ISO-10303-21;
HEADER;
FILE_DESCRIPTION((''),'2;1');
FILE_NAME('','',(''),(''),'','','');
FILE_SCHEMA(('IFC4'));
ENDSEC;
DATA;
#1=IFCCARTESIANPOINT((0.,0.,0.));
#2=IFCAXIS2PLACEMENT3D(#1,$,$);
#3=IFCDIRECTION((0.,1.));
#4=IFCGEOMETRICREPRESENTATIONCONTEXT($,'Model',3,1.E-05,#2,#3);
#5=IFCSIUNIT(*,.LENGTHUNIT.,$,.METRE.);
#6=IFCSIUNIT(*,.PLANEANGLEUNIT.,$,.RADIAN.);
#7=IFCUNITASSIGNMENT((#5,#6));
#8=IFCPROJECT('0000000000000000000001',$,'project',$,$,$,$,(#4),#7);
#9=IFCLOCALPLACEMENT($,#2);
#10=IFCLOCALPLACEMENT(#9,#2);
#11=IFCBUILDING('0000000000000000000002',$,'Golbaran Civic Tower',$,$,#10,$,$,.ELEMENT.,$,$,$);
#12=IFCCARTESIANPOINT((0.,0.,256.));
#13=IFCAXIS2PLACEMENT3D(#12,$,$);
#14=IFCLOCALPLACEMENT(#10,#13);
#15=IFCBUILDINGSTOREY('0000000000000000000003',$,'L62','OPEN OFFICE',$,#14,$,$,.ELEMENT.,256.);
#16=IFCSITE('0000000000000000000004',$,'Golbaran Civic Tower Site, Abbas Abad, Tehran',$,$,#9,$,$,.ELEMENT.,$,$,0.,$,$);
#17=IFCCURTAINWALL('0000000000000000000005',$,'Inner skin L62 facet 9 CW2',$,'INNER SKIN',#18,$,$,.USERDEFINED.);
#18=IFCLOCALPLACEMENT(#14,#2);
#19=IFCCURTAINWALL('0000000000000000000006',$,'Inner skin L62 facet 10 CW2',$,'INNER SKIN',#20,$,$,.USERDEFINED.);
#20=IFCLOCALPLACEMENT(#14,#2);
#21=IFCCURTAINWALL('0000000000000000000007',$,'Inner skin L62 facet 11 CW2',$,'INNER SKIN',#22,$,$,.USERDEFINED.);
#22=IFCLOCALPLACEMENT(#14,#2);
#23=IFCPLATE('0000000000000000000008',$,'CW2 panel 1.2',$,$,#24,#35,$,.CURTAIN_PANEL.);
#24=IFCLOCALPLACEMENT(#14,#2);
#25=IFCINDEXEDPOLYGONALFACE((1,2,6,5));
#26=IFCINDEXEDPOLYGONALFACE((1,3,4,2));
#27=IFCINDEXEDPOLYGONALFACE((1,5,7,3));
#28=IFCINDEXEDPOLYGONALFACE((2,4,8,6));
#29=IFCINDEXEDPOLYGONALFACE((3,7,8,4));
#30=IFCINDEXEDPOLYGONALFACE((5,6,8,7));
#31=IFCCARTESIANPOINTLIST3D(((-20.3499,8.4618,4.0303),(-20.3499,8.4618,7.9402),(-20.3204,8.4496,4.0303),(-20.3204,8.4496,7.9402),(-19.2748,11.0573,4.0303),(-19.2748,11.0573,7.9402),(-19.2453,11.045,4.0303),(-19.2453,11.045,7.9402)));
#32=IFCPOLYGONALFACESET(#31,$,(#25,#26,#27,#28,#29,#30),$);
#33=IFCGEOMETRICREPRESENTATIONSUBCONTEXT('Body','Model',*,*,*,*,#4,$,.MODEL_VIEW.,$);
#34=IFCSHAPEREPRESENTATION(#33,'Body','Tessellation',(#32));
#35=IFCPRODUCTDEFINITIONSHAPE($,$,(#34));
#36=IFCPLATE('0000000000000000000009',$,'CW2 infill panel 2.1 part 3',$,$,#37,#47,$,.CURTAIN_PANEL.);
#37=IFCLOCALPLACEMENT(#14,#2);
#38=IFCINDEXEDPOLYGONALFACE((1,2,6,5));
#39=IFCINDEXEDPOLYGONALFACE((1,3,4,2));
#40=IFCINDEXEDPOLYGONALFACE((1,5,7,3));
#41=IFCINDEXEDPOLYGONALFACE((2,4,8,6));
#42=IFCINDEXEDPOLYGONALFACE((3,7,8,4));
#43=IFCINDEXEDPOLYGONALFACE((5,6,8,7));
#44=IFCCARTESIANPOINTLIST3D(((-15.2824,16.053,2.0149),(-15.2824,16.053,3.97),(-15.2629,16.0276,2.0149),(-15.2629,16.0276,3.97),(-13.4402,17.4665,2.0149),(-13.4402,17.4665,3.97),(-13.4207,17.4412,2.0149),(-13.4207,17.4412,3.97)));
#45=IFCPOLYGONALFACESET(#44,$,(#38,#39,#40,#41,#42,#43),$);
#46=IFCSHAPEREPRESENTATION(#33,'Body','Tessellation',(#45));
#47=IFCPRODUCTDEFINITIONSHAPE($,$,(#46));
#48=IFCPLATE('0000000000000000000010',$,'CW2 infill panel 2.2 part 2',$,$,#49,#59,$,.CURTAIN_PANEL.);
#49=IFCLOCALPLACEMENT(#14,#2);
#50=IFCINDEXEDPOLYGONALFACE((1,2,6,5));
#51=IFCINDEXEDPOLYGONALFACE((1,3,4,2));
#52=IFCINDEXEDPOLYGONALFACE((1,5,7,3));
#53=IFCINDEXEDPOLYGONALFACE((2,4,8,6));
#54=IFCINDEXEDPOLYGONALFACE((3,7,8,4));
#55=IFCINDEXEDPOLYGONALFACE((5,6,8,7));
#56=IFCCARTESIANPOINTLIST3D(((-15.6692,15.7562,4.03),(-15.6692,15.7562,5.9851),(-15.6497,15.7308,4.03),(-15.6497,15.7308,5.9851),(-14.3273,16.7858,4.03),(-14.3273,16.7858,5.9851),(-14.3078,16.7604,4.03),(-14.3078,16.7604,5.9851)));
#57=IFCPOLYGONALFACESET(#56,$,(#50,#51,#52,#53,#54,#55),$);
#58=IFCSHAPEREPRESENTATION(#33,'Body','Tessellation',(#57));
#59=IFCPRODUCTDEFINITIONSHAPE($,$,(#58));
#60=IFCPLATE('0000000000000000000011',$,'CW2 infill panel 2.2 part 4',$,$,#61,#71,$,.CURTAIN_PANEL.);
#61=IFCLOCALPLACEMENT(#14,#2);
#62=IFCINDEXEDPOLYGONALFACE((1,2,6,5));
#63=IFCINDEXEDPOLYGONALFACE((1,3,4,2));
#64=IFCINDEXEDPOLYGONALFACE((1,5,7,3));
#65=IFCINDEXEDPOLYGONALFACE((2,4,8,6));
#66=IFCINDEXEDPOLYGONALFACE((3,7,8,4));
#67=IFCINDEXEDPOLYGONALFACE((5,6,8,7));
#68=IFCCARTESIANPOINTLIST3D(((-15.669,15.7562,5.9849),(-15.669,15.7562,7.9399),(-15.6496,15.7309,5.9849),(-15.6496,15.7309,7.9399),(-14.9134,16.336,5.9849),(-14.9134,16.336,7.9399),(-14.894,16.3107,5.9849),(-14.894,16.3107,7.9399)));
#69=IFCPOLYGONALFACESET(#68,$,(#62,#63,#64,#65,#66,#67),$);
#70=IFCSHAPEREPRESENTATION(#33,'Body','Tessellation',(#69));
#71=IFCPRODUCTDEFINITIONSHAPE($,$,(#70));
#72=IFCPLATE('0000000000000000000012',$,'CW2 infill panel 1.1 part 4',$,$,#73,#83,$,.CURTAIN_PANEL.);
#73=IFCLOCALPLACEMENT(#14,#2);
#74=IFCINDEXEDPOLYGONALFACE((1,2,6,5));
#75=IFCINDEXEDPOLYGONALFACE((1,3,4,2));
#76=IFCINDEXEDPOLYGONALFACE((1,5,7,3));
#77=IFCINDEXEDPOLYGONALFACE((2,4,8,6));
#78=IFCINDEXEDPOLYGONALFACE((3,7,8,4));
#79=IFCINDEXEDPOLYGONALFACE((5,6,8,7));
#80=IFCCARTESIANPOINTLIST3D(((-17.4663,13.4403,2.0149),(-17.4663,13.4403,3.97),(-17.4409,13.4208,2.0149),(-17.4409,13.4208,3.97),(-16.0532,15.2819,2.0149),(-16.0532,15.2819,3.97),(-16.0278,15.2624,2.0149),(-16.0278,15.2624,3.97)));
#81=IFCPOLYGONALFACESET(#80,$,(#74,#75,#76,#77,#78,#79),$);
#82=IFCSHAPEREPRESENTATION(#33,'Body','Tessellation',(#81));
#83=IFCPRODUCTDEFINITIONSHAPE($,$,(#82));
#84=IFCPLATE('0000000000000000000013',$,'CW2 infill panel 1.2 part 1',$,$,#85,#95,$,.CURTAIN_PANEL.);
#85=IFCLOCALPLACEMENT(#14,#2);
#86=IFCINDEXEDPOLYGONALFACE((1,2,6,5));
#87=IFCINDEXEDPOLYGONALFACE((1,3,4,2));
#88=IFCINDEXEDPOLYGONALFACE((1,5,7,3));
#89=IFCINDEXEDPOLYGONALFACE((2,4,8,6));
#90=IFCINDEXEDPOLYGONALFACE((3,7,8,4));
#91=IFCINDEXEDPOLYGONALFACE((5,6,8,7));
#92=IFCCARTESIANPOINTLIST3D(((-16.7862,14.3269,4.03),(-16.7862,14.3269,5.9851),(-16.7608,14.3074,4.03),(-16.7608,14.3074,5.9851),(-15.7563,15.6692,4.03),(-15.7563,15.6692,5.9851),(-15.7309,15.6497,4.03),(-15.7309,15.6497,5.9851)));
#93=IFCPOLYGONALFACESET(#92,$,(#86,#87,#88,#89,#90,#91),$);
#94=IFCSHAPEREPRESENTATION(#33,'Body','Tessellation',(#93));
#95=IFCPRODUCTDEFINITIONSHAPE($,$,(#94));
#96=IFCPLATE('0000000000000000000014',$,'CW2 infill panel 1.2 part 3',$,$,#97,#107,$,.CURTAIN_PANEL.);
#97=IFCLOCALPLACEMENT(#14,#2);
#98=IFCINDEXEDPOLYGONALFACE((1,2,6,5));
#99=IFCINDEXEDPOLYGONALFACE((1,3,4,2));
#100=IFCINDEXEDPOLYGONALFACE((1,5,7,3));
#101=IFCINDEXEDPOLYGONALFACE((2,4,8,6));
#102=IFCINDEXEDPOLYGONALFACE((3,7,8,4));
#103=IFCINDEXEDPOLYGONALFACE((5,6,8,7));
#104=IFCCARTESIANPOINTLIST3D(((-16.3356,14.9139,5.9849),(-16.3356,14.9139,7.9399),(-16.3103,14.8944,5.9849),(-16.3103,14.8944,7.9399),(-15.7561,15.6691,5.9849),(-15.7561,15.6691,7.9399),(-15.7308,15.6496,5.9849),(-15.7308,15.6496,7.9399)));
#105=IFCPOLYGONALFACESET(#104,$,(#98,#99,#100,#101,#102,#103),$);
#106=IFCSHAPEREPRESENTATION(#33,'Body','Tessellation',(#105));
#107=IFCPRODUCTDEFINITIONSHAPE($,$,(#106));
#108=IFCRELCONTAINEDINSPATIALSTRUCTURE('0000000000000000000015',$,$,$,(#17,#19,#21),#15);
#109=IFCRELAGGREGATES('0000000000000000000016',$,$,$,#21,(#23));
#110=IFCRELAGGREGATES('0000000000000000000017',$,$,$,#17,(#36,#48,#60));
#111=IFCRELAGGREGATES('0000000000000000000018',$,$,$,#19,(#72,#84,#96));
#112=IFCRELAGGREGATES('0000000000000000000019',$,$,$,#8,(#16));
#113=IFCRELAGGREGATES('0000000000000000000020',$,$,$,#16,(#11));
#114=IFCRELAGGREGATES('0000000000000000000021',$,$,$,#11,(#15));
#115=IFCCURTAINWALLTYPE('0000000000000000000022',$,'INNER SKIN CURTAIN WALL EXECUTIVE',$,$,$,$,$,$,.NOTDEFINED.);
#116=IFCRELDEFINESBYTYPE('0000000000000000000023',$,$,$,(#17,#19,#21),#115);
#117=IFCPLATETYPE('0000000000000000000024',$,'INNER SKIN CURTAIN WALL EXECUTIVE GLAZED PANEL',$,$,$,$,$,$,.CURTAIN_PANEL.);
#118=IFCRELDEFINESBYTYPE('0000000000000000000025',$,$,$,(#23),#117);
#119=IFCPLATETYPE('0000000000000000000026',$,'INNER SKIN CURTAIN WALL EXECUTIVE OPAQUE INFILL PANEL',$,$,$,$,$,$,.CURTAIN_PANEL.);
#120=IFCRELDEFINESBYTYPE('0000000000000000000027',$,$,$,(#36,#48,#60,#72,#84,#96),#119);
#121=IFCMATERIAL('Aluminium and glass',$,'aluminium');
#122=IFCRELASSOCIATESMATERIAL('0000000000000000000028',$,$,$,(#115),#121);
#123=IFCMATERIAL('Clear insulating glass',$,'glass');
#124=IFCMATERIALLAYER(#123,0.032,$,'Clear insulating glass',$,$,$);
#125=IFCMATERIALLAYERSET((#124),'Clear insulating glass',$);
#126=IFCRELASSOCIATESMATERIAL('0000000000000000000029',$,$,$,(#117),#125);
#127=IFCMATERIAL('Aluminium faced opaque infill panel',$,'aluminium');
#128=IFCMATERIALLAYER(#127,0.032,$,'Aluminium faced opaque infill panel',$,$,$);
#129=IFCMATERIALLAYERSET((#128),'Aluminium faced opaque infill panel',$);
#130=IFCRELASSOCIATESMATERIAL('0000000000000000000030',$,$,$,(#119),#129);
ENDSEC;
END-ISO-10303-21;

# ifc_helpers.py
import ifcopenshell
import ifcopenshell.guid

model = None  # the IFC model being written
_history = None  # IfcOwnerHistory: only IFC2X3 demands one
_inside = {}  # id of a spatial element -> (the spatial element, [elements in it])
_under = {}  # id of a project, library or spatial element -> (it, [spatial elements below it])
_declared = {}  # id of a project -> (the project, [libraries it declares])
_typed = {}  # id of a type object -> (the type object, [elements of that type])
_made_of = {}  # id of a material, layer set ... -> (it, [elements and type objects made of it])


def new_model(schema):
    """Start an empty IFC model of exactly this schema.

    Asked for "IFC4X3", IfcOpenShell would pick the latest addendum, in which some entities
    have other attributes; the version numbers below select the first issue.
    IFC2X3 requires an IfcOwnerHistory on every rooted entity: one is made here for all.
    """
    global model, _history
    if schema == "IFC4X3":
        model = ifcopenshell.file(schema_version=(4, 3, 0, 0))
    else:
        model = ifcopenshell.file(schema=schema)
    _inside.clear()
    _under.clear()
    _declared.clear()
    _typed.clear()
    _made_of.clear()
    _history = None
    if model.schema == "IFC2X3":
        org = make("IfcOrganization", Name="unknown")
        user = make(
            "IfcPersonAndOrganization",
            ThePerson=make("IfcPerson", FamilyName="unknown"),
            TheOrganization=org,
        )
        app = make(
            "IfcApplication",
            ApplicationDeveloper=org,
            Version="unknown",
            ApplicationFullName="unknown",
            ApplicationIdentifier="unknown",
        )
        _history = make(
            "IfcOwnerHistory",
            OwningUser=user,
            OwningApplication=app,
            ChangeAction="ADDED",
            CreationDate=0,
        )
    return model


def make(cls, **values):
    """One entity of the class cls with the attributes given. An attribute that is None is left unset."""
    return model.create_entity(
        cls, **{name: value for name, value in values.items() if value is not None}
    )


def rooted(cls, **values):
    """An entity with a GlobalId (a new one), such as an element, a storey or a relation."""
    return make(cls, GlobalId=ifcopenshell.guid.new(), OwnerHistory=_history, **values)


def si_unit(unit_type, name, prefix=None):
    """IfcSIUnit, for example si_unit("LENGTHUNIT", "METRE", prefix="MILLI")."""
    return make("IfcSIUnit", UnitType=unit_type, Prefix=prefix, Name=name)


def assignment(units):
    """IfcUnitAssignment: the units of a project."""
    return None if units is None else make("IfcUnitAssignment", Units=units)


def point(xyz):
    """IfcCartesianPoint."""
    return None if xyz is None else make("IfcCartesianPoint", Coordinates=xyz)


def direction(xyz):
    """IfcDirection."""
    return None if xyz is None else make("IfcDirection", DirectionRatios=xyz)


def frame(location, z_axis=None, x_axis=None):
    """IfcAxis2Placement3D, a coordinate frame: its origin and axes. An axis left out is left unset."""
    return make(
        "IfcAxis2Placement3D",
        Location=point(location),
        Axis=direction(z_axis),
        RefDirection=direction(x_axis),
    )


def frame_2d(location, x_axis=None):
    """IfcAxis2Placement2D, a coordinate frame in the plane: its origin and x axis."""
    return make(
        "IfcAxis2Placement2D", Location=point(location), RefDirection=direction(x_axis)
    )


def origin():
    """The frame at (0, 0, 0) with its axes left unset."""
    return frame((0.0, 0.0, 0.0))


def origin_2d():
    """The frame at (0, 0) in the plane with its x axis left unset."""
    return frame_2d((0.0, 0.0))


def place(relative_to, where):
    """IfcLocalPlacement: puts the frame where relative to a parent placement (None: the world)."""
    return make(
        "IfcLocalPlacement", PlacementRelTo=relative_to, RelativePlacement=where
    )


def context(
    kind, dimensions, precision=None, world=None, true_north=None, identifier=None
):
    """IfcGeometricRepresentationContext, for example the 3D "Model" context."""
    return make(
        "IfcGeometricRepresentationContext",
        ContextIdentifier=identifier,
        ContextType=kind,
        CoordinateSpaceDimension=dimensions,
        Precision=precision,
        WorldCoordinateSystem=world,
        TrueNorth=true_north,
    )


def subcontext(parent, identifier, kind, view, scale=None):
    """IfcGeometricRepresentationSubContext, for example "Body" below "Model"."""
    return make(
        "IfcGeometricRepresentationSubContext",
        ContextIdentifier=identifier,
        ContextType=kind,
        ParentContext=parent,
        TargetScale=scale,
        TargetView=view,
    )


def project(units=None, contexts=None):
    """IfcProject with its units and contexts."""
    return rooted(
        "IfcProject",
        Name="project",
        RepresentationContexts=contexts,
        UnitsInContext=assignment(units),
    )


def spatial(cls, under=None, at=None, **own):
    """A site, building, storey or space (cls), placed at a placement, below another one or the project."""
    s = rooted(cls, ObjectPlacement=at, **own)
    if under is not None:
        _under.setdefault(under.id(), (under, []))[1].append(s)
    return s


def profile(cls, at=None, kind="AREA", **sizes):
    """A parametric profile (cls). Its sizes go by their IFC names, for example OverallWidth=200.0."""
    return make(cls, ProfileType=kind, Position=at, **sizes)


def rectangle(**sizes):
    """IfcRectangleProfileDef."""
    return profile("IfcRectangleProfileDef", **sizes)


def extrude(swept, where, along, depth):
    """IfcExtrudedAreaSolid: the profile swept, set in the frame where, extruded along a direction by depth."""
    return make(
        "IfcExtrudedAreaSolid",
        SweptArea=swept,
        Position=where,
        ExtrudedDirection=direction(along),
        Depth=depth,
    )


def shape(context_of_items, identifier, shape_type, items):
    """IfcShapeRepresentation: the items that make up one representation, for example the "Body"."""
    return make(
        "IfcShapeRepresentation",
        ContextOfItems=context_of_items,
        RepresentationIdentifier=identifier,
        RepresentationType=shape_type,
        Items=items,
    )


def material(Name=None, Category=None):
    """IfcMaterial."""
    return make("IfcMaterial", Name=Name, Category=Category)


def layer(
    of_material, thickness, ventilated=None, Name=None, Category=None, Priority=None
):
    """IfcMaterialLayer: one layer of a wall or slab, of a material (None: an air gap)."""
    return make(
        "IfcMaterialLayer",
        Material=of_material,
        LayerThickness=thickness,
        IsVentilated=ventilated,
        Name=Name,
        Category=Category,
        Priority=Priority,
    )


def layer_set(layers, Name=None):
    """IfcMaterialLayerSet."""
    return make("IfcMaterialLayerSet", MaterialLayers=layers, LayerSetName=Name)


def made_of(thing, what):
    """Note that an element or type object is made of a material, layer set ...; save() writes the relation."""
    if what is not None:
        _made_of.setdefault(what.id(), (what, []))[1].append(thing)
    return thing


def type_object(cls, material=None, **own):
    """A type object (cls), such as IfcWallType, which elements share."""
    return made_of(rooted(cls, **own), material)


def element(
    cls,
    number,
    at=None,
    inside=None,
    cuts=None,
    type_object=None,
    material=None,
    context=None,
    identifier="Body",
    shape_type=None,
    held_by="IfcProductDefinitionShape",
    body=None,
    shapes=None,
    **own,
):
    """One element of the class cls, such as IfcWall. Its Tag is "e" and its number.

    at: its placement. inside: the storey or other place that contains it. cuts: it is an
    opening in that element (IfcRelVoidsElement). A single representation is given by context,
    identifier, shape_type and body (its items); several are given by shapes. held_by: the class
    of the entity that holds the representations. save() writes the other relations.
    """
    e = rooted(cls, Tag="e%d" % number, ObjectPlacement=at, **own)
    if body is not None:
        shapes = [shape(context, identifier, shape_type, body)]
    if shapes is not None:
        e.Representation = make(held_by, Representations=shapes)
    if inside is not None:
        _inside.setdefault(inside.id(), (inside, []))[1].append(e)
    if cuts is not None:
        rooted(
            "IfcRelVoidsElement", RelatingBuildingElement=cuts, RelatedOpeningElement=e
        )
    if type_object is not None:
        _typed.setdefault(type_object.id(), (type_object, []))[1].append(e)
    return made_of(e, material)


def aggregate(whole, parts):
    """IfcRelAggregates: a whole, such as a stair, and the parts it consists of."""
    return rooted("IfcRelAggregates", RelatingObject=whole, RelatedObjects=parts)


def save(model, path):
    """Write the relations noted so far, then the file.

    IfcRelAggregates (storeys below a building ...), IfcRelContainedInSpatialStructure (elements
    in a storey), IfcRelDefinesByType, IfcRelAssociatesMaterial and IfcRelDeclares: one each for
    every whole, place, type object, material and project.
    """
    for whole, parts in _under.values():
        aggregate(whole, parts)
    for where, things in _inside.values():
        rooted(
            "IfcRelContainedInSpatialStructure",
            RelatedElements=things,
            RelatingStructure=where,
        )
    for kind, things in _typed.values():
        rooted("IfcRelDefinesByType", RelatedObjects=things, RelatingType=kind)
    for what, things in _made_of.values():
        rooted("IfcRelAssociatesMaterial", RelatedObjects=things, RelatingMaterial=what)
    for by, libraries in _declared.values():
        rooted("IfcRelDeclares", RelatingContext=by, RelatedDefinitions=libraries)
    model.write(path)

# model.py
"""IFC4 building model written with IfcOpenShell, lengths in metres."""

from ifc_helpers import new_model, si_unit, direction, frame, origin, origin_2d, place, context, subcontext, project, spatial, rectangle, extrude, material, layer, layer_set, type_object, element, aggregate, save


model = new_model("IFC4")

# Units and contexts
model_context = context("Model", 3, precision=1e-05, world=origin(), true_north=direction((0.0, 1.0)))
body_context = subcontext(model_context, "Body", "Model", "MODEL_VIEW")
ifc_project = project(units=[si_unit("LENGTHUNIT", "METRE"), si_unit("PLANEANGLEUNIT", "RADIAN")], contexts=[model_context])

# Site, building, storey
site_placement = place(None, origin())
site = spatial("IfcSite", under=ifc_project, at=site_placement, Name="Golbaran Civic Tower Site, Abbas Abad, Tehran", CompositionType="ELEMENT", RefElevation=0.0)
building_placement = place(site_placement, origin())
building = spatial("IfcBuilding", under=site, at=building_placement, Name="Golbaran Civic Tower", CompositionType="ELEMENT")
storey_placement = place(building_placement, frame((0.0, 0.0, 256.0)))
storey = spatial("IfcBuildingStorey", under=building, at=storey_placement, Name="L62", Description="OPEN OFFICE", CompositionType="ELEMENT", Elevation=256.0)

# Curtain wall
ifc_material_1 = material(Name="Aluminium and glass", Category="aluminium")
curtain_wall_type = type_object("IfcCurtainWallType", Name="INNER SKIN CURTAIN WALL EXECUTIVE", PredefinedType="NOTDEFINED", material=ifc_material_1)
curtain_wall_1_placement = place(storey_placement, origin())
curtain_wall_1 = element("IfcCurtainWall", 1, at=curtain_wall_1_placement, inside=storey, type_object=curtain_wall_type, Name="Inner skin L62 facet 9 CW2", ObjectType="INNER SKIN", PredefinedType="USERDEFINED")

# Curtain walls
curtain_wall_2_placement = place(storey_placement, origin())
curtain_wall_2 = element("IfcCurtainWall", 2, at=curtain_wall_2_placement, inside=storey, type_object=curtain_wall_type, Name="Inner skin L62 facet 10 CW2", ObjectType="INNER SKIN", PredefinedType="USERDEFINED")
curtain_wall_3_placement = place(storey_placement, origin())
curtain_wall_3 = element("IfcCurtainWall", 3, at=curtain_wall_3_placement, inside=storey, type_object=curtain_wall_type, Name="Inner skin L62 facet 11 CW2", ObjectType="INNER SKIN", PredefinedType="USERDEFINED")

# Plates
ifc_material_2 = material(Name="Clear insulating glass", Category="glass")
ifc_layer_1 = layer(ifc_material_2, 0.032, Name="Clear insulating glass")
ifc_layer_set_1 = layer_set([ifc_layer_1], Name="Clear insulating glass")
plate_type_1 = type_object("IfcPlateType", Name="INNER SKIN CURTAIN WALL EXECUTIVE GLAZED PANEL", PredefinedType="CURTAIN_PANEL", material=ifc_layer_set_1)
plate_1_placement = place(storey_placement, frame((-19.7976, 9.7534, 4.0303), z_axis=(0.0, 0.0, 1.0), x_axis=(-0.382683, -0.92388, 0.0)))
plate_1 = element("IfcPlate", 4, at=plate_1_placement, type_object=plate_type_1, Name="CW2 panel 1.2", PredefinedType="CURTAIN_PANEL", context=body_context, shape_type="SweptSolid", body=[
    extrude(rectangle(XDim=2.8093, YDim=0.032, at=origin_2d()), origin(), (0.0, 0.0, 1.0), 3.9099),
])
aggregate(curtain_wall_3, [plate_1])
ifc_material_3 = material(Name="Aluminium faced opaque infill panel", Category="aluminium")
ifc_layer_2 = layer(ifc_material_3, 0.032, Name="Aluminium faced opaque infill panel")
ifc_layer_set_2 = layer_set([ifc_layer_2], Name="Aluminium faced opaque infill panel")
plate_type_2 = type_object("IfcPlateType", Name="INNER SKIN CURTAIN WALL EXECUTIVE OPAQUE INFILL PANEL", PredefinedType="CURTAIN_PANEL", material=ifc_layer_set_2)
plate_2_placement = place(storey_placement, frame((-14.3516, 16.7471, 2.0149), z_axis=(0.0, 0.0, 1.0), x_axis=(-0.793353, -0.608761, 0.0)))
plate_2 = element("IfcPlate", 5, at=plate_2_placement, type_object=plate_type_2, Name="CW2 infill panel 2.1 part 3", PredefinedType="CURTAIN_PANEL", context=body_context, shape_type="SweptSolid", body=[
    extrude(rectangle(XDim=2.322, YDim=0.032, at=origin_2d()), origin(), (0.0, 0.0, 1.0), 1.9551),
])
plate_3_placement = place(storey_placement, frame((-14.9885, 16.2583, 4.03), z_axis=(0.0, 0.0, 1.0), x_axis=(-0.793353, -0.608761, 0.0)))
plate_3 = element("IfcPlate", 6, at=plate_3_placement, type_object=plate_type_2, Name="CW2 infill panel 2.2 part 2", PredefinedType="CURTAIN_PANEL", context=body_context, shape_type="SweptSolid", body=[
    extrude(rectangle(XDim=1.6914, YDim=0.032, at=origin_2d()), origin(), (0.0, 0.0, 1.0), 1.9551),
])
plate_4_placement = place(storey_placement, frame((-15.2815, 16.0334, 5.9849), z_axis=(0.0, 0.0, 1.0), x_axis=(-0.793353, -0.608761, 0.0)))
plate_4 = element("IfcPlate", 7, at=plate_4_placement, type_object=plate_type_2, Name="CW2 infill panel 2.2 part 4", PredefinedType="CURTAIN_PANEL", context=body_context, shape_type="SweptSolid", body=[
    extrude(rectangle(XDim=0.9524, YDim=0.032, at=origin_2d()), origin(), (0.0, 0.0, 1.0), 1.9551),
])
aggregate(curtain_wall_1, [plate_2, plate_3, plate_4])
plate_5_placement = place(storey_placement, frame((-16.7471, 14.3513, 2.0149), z_axis=(0.0, 0.0, 1.0), x_axis=(-0.608761, -0.793353, 0.0)))
plate_5 = element("IfcPlate", 8, at=plate_5_placement, type_object=plate_type_2, Name="CW2 infill panel 1.1 part 4", PredefinedType="CURTAIN_PANEL", context=body_context, shape_type="SweptSolid", body=[
    extrude(rectangle(XDim=2.3213, YDim=0.032, at=origin_2d()), origin(), (0.0, 0.0, 1.0), 1.9551),
])
plate_6_placement = place(storey_placement, frame((-16.2585, 14.9883, 4.03), z_axis=(0.0, 0.0, 1.0), x_axis=(-0.608761, -0.793353, 0.0)))
plate_6 = element("IfcPlate", 9, at=plate_6_placement, type_object=plate_type_2, Name="CW2 infill panel 1.2 part 1", PredefinedType="CURTAIN_PANEL", context=body_context, shape_type="SweptSolid", body=[
    extrude(rectangle(XDim=1.6919, YDim=0.032, at=origin_2d()), origin(), (0.0, 0.0, 1.0), 1.9551),
])
plate_7_placement = place(storey_placement, frame((-16.0332, 15.2817, 5.9849), z_axis=(0.0, 0.0, 1.0), x_axis=(-0.608761, -0.793353, 0.0)))
plate_7 = element("IfcPlate", 10, at=plate_7_placement, type_object=plate_type_2, Name="CW2 infill panel 1.2 part 3", PredefinedType="CURTAIN_PANEL", context=body_context, shape_type="SweptSolid", body=[
    extrude(rectangle(XDim=0.9519, YDim=0.032, at=origin_2d()), origin(), (0.0, 0.0, 1.0), 1.9551),
])
aggregate(curtain_wall_2, [plate_5, plate_6, plate_7])

save(model, "model.ifc")
